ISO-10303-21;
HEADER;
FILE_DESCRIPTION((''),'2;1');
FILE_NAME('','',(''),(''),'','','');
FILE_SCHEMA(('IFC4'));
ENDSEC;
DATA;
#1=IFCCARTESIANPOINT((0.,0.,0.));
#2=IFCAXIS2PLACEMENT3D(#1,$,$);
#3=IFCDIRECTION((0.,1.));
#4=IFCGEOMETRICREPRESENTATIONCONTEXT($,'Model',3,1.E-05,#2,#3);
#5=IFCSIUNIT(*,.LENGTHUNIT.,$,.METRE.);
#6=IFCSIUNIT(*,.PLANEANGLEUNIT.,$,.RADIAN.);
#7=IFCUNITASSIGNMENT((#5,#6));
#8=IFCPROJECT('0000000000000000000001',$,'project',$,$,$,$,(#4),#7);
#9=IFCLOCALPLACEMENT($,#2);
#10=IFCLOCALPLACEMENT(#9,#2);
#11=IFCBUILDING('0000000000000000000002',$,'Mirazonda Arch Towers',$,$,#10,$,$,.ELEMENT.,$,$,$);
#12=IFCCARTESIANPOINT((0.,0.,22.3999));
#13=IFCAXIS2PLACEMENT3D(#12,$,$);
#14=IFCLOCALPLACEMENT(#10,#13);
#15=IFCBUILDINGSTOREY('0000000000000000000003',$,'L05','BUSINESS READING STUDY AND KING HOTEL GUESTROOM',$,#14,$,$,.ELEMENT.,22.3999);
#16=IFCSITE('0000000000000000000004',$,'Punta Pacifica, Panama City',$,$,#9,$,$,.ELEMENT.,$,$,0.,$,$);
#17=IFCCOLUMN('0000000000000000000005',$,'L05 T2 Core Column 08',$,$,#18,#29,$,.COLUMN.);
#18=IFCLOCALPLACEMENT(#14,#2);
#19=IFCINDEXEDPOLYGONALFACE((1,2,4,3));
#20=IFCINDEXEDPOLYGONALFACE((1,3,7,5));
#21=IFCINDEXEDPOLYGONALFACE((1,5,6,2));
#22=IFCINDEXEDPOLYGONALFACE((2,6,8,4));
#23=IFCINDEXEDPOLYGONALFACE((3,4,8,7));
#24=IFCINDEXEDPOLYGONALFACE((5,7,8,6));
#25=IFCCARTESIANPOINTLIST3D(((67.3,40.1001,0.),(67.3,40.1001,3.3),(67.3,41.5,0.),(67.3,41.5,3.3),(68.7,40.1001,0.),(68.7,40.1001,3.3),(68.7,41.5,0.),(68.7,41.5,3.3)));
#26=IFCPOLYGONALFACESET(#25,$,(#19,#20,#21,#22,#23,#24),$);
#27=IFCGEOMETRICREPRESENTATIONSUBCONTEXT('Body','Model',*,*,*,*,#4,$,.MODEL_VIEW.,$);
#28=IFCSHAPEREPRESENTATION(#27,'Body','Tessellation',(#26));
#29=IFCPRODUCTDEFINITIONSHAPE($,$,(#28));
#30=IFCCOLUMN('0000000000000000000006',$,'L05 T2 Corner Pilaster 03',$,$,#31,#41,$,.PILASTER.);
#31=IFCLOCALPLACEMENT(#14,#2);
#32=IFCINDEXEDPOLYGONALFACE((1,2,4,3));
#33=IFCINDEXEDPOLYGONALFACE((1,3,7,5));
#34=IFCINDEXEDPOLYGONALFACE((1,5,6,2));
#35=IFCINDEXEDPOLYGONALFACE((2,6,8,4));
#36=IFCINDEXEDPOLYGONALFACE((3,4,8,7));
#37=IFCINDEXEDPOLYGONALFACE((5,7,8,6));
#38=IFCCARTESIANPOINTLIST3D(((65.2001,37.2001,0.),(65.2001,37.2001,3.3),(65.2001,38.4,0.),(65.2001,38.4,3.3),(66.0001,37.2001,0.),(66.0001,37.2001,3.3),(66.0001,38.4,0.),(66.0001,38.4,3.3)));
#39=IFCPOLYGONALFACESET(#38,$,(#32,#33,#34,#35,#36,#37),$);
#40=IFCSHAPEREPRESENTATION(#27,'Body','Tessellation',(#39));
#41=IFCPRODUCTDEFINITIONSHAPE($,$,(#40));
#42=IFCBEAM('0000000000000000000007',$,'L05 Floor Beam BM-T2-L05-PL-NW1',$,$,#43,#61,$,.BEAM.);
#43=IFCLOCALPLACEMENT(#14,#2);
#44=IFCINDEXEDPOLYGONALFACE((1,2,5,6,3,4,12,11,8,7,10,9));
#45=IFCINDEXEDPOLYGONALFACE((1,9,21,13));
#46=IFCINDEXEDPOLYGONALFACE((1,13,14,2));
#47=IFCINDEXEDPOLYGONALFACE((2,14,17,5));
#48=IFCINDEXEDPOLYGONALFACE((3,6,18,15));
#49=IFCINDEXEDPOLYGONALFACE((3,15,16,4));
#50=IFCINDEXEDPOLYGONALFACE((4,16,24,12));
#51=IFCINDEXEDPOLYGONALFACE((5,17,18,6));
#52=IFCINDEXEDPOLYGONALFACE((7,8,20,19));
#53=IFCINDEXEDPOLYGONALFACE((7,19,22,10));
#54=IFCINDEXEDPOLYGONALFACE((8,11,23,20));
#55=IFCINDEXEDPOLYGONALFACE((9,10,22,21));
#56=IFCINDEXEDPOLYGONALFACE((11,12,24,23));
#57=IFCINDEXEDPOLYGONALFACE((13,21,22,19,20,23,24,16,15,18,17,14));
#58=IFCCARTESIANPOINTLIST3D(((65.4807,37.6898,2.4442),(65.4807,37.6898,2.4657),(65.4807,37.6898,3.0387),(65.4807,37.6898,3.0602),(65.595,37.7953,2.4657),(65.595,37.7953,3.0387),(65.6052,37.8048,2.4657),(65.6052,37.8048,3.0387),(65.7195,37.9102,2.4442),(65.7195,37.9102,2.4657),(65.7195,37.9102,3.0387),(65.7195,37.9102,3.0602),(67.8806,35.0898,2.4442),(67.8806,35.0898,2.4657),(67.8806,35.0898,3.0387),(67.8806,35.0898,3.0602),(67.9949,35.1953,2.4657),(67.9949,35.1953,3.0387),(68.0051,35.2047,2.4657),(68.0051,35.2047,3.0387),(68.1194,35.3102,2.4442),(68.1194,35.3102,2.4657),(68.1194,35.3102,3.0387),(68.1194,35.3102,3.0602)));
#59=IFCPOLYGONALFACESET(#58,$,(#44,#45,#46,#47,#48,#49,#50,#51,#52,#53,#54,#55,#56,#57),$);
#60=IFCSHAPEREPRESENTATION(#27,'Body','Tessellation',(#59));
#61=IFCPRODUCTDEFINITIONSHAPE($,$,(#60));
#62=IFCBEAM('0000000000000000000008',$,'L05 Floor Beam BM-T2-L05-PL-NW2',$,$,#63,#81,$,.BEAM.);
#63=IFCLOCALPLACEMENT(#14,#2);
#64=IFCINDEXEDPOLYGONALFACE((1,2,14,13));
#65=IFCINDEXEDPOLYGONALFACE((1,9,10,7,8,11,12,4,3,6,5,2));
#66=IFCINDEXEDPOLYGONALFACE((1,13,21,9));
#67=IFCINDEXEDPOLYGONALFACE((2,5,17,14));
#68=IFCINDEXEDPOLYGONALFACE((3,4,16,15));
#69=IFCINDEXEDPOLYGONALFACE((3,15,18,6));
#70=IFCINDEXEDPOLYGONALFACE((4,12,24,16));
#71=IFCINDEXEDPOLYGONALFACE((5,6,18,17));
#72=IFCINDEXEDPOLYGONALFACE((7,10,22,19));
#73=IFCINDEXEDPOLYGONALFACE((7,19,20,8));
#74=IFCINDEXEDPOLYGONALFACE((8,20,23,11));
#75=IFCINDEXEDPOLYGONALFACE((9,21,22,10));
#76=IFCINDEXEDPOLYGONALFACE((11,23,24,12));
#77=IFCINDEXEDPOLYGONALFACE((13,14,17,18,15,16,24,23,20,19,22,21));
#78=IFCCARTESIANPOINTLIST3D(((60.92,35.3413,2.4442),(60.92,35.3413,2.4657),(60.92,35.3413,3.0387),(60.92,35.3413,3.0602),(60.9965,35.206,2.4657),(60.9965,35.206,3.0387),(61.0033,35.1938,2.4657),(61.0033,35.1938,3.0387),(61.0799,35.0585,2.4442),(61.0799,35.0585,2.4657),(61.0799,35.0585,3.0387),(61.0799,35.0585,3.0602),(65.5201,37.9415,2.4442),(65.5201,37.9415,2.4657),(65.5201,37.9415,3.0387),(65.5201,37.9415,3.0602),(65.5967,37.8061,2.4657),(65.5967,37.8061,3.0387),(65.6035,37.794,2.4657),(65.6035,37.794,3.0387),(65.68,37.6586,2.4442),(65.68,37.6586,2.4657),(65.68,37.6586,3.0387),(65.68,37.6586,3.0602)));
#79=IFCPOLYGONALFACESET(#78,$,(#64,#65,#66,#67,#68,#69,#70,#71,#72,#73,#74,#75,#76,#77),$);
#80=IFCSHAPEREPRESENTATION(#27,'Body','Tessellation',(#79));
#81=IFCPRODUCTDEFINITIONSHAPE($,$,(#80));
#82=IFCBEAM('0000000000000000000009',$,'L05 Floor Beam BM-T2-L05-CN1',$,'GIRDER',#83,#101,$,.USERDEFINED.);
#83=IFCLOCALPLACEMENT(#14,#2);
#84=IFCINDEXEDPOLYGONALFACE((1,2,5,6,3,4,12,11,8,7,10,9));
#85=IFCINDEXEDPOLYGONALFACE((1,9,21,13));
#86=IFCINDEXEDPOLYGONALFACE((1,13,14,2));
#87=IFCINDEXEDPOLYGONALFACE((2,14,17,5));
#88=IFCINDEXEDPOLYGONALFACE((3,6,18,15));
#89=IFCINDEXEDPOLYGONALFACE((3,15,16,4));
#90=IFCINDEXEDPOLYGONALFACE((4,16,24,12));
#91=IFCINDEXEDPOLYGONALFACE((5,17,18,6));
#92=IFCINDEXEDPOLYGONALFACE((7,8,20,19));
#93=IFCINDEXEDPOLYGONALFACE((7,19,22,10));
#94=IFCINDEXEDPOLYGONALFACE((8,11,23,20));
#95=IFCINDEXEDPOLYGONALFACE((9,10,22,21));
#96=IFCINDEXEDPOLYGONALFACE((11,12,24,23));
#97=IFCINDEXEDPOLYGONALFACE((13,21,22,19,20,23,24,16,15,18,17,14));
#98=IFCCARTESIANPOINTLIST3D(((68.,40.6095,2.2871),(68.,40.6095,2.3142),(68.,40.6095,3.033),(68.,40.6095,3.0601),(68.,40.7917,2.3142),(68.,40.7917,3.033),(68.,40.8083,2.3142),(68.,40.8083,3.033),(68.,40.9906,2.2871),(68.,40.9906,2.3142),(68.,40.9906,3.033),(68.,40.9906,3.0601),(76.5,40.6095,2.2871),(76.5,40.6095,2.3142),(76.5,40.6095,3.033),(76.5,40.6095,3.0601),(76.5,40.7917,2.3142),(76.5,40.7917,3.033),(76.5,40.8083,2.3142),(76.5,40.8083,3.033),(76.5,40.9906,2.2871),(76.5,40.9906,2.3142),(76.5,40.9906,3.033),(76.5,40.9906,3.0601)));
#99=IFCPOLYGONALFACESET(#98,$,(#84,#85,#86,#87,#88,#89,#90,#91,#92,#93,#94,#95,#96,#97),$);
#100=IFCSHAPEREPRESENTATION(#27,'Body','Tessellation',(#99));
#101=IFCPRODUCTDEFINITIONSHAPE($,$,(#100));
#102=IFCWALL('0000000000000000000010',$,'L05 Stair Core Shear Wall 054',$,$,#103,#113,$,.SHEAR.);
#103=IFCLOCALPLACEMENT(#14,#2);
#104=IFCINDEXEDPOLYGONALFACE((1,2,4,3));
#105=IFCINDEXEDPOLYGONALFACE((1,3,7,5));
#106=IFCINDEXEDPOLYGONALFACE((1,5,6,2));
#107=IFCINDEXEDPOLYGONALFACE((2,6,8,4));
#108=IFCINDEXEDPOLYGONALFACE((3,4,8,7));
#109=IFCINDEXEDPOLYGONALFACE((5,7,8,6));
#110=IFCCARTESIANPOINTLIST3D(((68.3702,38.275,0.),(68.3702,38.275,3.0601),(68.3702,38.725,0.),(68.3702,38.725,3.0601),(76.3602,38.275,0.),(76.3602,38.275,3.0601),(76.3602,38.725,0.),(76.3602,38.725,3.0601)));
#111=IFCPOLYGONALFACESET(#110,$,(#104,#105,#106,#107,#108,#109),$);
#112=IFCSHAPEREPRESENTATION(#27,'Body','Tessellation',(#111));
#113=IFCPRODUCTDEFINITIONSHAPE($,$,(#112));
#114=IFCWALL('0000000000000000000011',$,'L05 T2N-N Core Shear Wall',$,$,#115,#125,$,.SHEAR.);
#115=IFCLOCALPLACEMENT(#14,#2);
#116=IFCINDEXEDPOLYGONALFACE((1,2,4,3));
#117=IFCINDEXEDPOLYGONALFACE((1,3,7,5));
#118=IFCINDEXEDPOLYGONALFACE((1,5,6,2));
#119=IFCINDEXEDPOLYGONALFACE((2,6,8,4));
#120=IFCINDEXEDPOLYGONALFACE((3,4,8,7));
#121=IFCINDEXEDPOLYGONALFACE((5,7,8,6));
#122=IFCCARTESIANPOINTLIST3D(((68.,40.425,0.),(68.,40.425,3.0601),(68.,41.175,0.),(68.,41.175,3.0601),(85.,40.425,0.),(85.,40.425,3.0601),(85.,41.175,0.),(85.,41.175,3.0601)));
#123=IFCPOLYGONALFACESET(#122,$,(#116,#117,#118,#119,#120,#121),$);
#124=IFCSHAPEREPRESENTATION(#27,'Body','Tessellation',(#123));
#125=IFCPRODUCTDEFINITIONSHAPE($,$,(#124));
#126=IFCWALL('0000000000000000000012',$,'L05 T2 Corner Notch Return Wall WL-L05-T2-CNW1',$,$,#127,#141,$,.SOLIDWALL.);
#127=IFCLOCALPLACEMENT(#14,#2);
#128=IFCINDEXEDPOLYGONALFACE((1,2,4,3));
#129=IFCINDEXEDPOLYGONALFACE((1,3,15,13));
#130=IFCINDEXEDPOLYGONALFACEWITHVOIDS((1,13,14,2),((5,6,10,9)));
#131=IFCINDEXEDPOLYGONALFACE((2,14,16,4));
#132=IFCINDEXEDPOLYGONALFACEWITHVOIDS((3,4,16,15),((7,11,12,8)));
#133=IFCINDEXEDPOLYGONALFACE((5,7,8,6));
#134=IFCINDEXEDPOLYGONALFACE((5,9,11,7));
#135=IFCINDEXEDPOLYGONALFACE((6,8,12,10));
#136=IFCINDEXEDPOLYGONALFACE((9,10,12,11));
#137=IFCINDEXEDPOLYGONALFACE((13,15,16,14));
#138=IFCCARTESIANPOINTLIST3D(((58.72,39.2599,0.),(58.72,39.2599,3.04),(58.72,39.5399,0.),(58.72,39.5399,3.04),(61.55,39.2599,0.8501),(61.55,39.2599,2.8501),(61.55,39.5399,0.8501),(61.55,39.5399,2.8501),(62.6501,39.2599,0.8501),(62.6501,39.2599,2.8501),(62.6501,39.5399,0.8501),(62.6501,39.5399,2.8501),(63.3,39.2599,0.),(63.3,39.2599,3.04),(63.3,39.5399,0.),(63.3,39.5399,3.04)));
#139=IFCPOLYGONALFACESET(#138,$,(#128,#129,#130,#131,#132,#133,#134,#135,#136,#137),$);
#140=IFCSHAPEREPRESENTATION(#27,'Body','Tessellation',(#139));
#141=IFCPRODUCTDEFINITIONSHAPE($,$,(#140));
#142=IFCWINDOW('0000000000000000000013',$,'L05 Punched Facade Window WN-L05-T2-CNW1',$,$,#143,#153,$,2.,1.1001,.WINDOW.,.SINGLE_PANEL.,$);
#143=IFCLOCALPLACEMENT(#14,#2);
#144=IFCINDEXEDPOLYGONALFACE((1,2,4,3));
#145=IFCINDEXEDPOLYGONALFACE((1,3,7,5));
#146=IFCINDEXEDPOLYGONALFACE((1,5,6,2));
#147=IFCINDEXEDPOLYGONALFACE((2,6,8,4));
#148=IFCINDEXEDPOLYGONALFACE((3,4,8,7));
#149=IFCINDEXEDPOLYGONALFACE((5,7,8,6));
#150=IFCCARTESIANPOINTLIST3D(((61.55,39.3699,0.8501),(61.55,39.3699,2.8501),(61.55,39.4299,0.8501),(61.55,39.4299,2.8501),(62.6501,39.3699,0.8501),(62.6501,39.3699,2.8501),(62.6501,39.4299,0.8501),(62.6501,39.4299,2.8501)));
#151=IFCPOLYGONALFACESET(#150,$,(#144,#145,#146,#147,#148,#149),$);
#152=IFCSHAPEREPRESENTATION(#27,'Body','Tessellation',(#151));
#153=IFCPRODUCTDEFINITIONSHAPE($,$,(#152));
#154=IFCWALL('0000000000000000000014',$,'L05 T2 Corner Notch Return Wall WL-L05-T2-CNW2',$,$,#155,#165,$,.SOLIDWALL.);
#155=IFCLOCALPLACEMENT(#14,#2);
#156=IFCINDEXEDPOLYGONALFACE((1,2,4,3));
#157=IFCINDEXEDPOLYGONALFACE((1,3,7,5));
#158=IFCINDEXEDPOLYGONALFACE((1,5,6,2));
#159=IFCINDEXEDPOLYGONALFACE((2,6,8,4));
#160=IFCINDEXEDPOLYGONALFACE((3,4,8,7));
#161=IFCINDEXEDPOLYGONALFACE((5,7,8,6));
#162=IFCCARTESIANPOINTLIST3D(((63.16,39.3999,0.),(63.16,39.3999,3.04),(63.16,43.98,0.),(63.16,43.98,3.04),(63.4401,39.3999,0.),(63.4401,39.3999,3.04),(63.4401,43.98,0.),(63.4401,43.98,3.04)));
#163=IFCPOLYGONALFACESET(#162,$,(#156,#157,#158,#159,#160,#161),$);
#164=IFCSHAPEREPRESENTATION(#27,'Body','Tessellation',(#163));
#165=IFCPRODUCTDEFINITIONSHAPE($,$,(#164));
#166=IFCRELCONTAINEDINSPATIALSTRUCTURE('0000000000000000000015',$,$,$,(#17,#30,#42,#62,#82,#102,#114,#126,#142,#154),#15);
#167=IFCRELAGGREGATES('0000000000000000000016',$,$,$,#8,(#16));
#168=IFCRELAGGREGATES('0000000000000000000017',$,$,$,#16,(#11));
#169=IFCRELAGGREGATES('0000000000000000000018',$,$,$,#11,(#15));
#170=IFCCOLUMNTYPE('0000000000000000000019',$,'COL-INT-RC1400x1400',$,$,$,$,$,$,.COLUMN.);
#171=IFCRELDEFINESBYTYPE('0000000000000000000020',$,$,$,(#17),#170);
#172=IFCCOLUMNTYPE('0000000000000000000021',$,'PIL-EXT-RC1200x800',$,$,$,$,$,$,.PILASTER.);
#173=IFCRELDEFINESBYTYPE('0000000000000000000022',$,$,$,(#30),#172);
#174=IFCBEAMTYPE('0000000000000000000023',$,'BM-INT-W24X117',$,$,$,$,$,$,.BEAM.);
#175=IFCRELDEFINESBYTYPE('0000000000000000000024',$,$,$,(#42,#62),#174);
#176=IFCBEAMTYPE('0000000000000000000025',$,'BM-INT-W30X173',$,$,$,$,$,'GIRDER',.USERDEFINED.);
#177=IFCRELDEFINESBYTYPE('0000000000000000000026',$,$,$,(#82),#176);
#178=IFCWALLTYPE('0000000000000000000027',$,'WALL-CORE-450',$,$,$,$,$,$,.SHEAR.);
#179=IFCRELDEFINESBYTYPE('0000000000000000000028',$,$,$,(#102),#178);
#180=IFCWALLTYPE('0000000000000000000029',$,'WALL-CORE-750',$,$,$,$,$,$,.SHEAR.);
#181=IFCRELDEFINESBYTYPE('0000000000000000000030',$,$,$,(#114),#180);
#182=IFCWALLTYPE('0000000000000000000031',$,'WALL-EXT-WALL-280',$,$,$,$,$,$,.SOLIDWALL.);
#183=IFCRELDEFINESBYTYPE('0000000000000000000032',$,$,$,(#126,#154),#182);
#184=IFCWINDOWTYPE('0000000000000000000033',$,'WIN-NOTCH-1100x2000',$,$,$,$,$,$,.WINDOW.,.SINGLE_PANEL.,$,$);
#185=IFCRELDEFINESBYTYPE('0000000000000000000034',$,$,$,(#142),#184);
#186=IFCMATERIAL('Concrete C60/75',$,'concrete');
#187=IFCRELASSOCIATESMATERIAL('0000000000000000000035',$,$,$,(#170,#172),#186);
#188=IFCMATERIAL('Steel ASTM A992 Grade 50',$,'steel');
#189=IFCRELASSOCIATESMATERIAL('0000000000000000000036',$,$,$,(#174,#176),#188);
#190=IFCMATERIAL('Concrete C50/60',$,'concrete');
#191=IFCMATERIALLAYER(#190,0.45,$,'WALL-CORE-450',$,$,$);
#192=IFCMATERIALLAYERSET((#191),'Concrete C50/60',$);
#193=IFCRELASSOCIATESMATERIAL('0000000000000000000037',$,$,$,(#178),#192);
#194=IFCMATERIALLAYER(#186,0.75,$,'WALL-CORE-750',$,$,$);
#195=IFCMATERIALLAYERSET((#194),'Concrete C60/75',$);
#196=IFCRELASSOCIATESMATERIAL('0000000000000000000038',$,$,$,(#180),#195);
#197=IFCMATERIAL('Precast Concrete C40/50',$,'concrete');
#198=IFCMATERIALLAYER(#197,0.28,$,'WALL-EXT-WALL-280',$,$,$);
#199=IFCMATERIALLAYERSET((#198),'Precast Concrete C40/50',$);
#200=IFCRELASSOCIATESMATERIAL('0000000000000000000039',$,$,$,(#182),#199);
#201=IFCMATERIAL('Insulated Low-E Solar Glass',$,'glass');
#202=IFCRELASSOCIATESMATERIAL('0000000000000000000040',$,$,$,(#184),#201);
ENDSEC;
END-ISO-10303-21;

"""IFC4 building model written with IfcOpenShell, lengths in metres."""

from ifc_helpers import new_model, si_unit, direction, frame, frame_2d, origin, origin_2d, place, context, subcontext, project, spatial, rectangle, i_section, extrude, material, layer, layer_set, material_profile, profile_set, type_object, element, fill, save


model = new_model("IFC4")

# Units and contexts
model_context = context("Model", 3, precision=1e-05, world=origin(), true_north=direction((0.0, 1.0)))
body_context = subcontext(model_context, "Body", "Model", "MODEL_VIEW")
ifc_project = project(units=[si_unit("LENGTHUNIT", "METRE"), si_unit("PLANEANGLEUNIT", "RADIAN")], contexts=[model_context])

# Site, building, storey
site_placement = place(None, origin())
site = spatial("IfcSite", under=ifc_project, at=site_placement, Name="Punta Pacifica, Panama City", CompositionType="ELEMENT", RefElevation=0.0)
building_placement = place(site_placement, origin())
building = spatial("IfcBuilding", under=site, at=building_placement, Name="Mirazonda Arch Towers", CompositionType="ELEMENT")
storey_placement = place(building_placement, frame((0.0, 0.0, 22.3999)))
storey = spatial("IfcBuildingStorey", under=building, at=storey_placement, Name="L05", Description="BUSINESS READING STUDY AND KING HOTEL GUESTROOM", CompositionType="ELEMENT", Elevation=22.3999)

# Columns
ifc_material_1 = material(Name="Concrete C60/75", Category="concrete")
ifc_material_profile_1 = material_profile(ifc_material_1, rectangle(XDim=1.3999, YDim=1.3999, at=origin_2d()), Name="RC1400x1400")
ifc_profile_set_1 = profile_set([ifc_material_profile_1], Name="Concrete C60/75")
column_type_1 = type_object("IfcColumnType", Name="COL-INT-RC1400x1400", PredefinedType="COLUMN", material=ifc_profile_set_1)
column_1_placement = place(storey_placement, frame((68.0, 40.8, 0.0), z_axis=(0.0, 0.0, 1.0), x_axis=(1.0, 0.0, 0.0)))
element("IfcColumn", 1, at=column_1_placement, inside=storey, type_object=column_type_1, Name="L05 T2 Core Column 08", PredefinedType="COLUMN", context=body_context, shape_type="SweptSolid", body=[
    extrude(rectangle(XDim=1.3999, YDim=1.3999, at=origin_2d()), origin(), (0.0, 0.0, 1.0), 3.3),
])
ifc_material_profile_2 = material_profile(ifc_material_1, rectangle(XDim=0.8, YDim=1.2, at=origin_2d()), Name="RC1200x800")
ifc_profile_set_2 = profile_set([ifc_material_profile_2], Name="Concrete C60/75")
column_type_2 = type_object("IfcColumnType", Name="PIL-EXT-RC1200x800", PredefinedType="PILASTER", material=ifc_profile_set_2)
column_2_placement = place(storey_placement, frame((65.6001, 37.8, 0.0), z_axis=(0.0, 0.0, 1.0), x_axis=(1.0, 0.0, 0.0)))
element("IfcColumn", 2, at=column_2_placement, inside=storey, type_object=column_type_2, Name="L05 T2 Corner Pilaster 03", PredefinedType="PILASTER", context=body_context, shape_type="SweptSolid", body=[
    extrude(rectangle(XDim=0.8, YDim=1.2, at=origin_2d()), origin(), (0.0, 0.0, 1.0), 3.3),
])

# Beams
ifc_material_2 = material(Name="Steel ASTM A992 Grade 50", Category="steel")
ifc_material_profile_3 = material_profile(ifc_material_2, i_section(OverallWidth=0.325, OverallDepth=0.616, WebThickness=0.0139, FlangeThickness=0.0215, at=origin_2d()), Name="W24X117")
ifc_profile_set_3 = profile_set([ifc_material_profile_3], Name="Steel ASTM A992 Grade 50")
beam_type_1 = type_object("IfcBeamType", Name="BM-INT-W24X117", PredefinedType="BEAM", material=ifc_profile_set_3)
beam_1_placement = place(storey_placement, frame((65.6001, 37.8, 2.7522), z_axis=(0.678251, -0.73483, 0.0), x_axis=(0.73483, 0.678251, 0.0)))
element("IfcBeam", 3, at=beam_1_placement, inside=storey, type_object=beam_type_1, Name="L05 Floor Beam BM-T2-L05-PL-NW1", PredefinedType="BEAM", context=body_context, shape_type="SweptSolid", body=[
    extrude(i_section(OverallWidth=0.325, OverallDepth=0.616, WebThickness=0.0139, FlangeThickness=0.0215, at=origin_2d()), origin(), (0.0, 0.0, 1.0), 3.5383),
])
beam_2_placement = place(storey_placement, frame((65.6001, 37.8, 2.7522), z_axis=(-0.870559, -0.492063, 0.0), x_axis=(0.492063, -0.870559, 0.0)))
element("IfcBeam", 4, at=beam_2_placement, inside=storey, type_object=beam_type_1, Name="L05 Floor Beam BM-T2-L05-PL-NW2", PredefinedType="BEAM", context=body_context, shape_type="SweptSolid", body=[
    extrude(i_section(OverallWidth=0.325, OverallDepth=0.616, WebThickness=0.0139, FlangeThickness=0.0215, at=origin_2d()), origin(), (0.0, 0.0, 1.0), 5.2842),
])
ifc_material_profile_4 = material_profile(ifc_material_2, i_section(OverallWidth=0.3811, OverallDepth=0.7729, WebThickness=0.0166, FlangeThickness=0.0271, at=origin_2d()), Name="W30X173")
ifc_profile_set_4 = profile_set([ifc_material_profile_4], Name="Steel ASTM A992 Grade 50")
beam_type_2 = type_object("IfcBeamType", Name="BM-INT-W30X173", ElementType="GIRDER", PredefinedType="USERDEFINED", material=ifc_profile_set_4)
beam_3_placement = place(storey_placement, frame((68.0, 40.8, 2.6736), z_axis=(1.0, 0.0, 0.0), x_axis=(0.0, 1.0, 0.0)))
element("IfcBeam", 5, at=beam_3_placement, inside=storey, type_object=beam_type_2, Name="L05 Floor Beam BM-T2-L05-CN1", ObjectType="GIRDER", PredefinedType="USERDEFINED", context=body_context, shape_type="SweptSolid", body=[
    extrude(i_section(OverallWidth=0.3811, OverallDepth=0.7729, WebThickness=0.0166, FlangeThickness=0.0271, at=origin_2d()), origin(), (0.0, 0.0, 1.0), 8.5),
])

# Walls
ifc_material_3 = material(Name="Concrete C50/60", Category="concrete")
ifc_layer_1 = layer(ifc_material_3, 0.45, Name="WALL-CORE-450")
ifc_layer_set_1 = layer_set([ifc_layer_1], Name="Concrete C50/60")
wall_type_1 = type_object("IfcWallType", Name="WALL-CORE-450", PredefinedType="SHEAR", material=ifc_layer_set_1)
wall_1_placement = place(storey_placement, frame((68.3701, 38.5, 0.0), z_axis=(0.0, 0.0, 1.0), x_axis=(1.0, 0.0, 0.0)))
element("IfcWall", 6, at=wall_1_placement, inside=storey, type_object=wall_type_1, Name="L05 Stair Core Shear Wall 054", PredefinedType="SHEAR", context=body_context, shape_type="SweptSolid", body=[
    extrude(rectangle(XDim=7.99, YDim=0.45, at=frame_2d((3.9951, 0.0))), origin(), (0.0, 0.0, 1.0), 3.0601),
])
ifc_layer_2 = layer(ifc_material_1, 0.75, Name="WALL-CORE-750")
ifc_layer_set_2 = layer_set([ifc_layer_2], Name="Concrete C60/75")
wall_type_2 = type_object("IfcWallType", Name="WALL-CORE-750", PredefinedType="SHEAR", material=ifc_layer_set_2)
wall_2_placement = place(storey_placement, frame((68.0, 40.8, 0.0), z_axis=(0.0, 0.0, 1.0), x_axis=(1.0, 0.0, 0.0)))
element("IfcWall", 7, at=wall_2_placement, inside=storey, type_object=wall_type_2, Name="L05 T2N-N Core Shear Wall", PredefinedType="SHEAR", context=body_context, shape_type="SweptSolid", body=[
    extrude(rectangle(XDim=17.0, YDim=0.75, at=frame_2d((8.5, 0.0))), origin(), (0.0, 0.0, 1.0), 3.0601),
])

# Wall, opening, window
ifc_material_4 = material(Name="Precast Concrete C40/50", Category="concrete")
ifc_layer_3 = layer(ifc_material_4, 0.28, Name="WALL-EXT-WALL-280")
ifc_layer_set_3 = layer_set([ifc_layer_3], Name="Precast Concrete C40/50")
wall_type_3 = type_object("IfcWallType", Name="WALL-EXT-WALL-280", PredefinedType="SOLIDWALL", material=ifc_layer_set_3)
wall_3_placement = place(storey_placement, frame((63.3, 39.3999, 0.0), z_axis=(0.0, 0.0, 1.0), x_axis=(-1.0, 0.0, 0.0)))
wall_3 = element("IfcWall", 8, at=wall_3_placement, inside=storey, type_object=wall_type_3, Name="L05 T2 Corner Notch Return Wall WL-L05-T2-CNW1", PredefinedType="SOLIDWALL", context=body_context, shape_type="SweptSolid", body=[
    extrude(rectangle(XDim=4.5801, YDim=0.28, at=frame_2d((2.29, 0.0))), origin(), (0.0, 0.0, 1.0), 3.04),
])
opening_placement = place(wall_3_placement, frame((0.6499, 0.0, 0.8501)))
opening = element("IfcOpeningElement", 9, at=opening_placement, cuts=wall_3, PredefinedType="OPENING", context=body_context, shape_type="SweptSolid", body=[
    extrude(rectangle(XDim=1.1001, YDim=2.0, at=frame_2d((0.55, 1.0))), frame((0.0, 0.1499, 0.0), z_axis=(0.0, -1.0, 0.0), x_axis=(1.0, 0.0, 0.0)), (0.0, 0.0, 1.0), 0.3),
])
ifc_material_5 = material(Name="Insulated Low-E Solar Glass", Category="glass")
window_type = type_object("IfcWindowType", Name="WIN-NOTCH-1100x2000", PartitioningType="SINGLE_PANEL", PredefinedType="WINDOW", material=ifc_material_5)
window_placement = place(opening_placement, origin())
window = element("IfcWindow", 10, at=window_placement, inside=storey, type_object=window_type, Name="L05 Punched Facade Window WN-L05-T2-CNW1", OverallHeight=2.0, OverallWidth=1.1001, PartitioningType="SINGLE_PANEL", PredefinedType="WINDOW", context=body_context, shape_type="SweptSolid", body=[
    extrude(rectangle(XDim=1.1001, YDim=2.0, at=frame_2d((0.55, 1.0))), frame((0.0, 0.03, 0.0), z_axis=(0.0, -1.0, 0.0), x_axis=(1.0, 0.0, 0.0)), (0.0, 0.0, 1.0), 0.0601),
])
fill(opening, window)

# Wall
wall_4_placement = place(storey_placement, frame((63.3, 43.98, 0.0), z_axis=(0.0, 0.0, 1.0), x_axis=(0.0, -1.0, 0.0)))
element("IfcWall", 11, at=wall_4_placement, inside=storey, type_object=wall_type_3, Name="L05 T2 Corner Notch Return Wall WL-L05-T2-CNW2", PredefinedType="SOLIDWALL", context=body_context, shape_type="SweptSolid", body=[
    extrude(rectangle(XDim=4.5801, YDim=0.28, at=frame_2d((2.29, 0.0))), origin(), (0.0, 0.0, 1.0), 3.04),
])

save(model, "model.ifc")
